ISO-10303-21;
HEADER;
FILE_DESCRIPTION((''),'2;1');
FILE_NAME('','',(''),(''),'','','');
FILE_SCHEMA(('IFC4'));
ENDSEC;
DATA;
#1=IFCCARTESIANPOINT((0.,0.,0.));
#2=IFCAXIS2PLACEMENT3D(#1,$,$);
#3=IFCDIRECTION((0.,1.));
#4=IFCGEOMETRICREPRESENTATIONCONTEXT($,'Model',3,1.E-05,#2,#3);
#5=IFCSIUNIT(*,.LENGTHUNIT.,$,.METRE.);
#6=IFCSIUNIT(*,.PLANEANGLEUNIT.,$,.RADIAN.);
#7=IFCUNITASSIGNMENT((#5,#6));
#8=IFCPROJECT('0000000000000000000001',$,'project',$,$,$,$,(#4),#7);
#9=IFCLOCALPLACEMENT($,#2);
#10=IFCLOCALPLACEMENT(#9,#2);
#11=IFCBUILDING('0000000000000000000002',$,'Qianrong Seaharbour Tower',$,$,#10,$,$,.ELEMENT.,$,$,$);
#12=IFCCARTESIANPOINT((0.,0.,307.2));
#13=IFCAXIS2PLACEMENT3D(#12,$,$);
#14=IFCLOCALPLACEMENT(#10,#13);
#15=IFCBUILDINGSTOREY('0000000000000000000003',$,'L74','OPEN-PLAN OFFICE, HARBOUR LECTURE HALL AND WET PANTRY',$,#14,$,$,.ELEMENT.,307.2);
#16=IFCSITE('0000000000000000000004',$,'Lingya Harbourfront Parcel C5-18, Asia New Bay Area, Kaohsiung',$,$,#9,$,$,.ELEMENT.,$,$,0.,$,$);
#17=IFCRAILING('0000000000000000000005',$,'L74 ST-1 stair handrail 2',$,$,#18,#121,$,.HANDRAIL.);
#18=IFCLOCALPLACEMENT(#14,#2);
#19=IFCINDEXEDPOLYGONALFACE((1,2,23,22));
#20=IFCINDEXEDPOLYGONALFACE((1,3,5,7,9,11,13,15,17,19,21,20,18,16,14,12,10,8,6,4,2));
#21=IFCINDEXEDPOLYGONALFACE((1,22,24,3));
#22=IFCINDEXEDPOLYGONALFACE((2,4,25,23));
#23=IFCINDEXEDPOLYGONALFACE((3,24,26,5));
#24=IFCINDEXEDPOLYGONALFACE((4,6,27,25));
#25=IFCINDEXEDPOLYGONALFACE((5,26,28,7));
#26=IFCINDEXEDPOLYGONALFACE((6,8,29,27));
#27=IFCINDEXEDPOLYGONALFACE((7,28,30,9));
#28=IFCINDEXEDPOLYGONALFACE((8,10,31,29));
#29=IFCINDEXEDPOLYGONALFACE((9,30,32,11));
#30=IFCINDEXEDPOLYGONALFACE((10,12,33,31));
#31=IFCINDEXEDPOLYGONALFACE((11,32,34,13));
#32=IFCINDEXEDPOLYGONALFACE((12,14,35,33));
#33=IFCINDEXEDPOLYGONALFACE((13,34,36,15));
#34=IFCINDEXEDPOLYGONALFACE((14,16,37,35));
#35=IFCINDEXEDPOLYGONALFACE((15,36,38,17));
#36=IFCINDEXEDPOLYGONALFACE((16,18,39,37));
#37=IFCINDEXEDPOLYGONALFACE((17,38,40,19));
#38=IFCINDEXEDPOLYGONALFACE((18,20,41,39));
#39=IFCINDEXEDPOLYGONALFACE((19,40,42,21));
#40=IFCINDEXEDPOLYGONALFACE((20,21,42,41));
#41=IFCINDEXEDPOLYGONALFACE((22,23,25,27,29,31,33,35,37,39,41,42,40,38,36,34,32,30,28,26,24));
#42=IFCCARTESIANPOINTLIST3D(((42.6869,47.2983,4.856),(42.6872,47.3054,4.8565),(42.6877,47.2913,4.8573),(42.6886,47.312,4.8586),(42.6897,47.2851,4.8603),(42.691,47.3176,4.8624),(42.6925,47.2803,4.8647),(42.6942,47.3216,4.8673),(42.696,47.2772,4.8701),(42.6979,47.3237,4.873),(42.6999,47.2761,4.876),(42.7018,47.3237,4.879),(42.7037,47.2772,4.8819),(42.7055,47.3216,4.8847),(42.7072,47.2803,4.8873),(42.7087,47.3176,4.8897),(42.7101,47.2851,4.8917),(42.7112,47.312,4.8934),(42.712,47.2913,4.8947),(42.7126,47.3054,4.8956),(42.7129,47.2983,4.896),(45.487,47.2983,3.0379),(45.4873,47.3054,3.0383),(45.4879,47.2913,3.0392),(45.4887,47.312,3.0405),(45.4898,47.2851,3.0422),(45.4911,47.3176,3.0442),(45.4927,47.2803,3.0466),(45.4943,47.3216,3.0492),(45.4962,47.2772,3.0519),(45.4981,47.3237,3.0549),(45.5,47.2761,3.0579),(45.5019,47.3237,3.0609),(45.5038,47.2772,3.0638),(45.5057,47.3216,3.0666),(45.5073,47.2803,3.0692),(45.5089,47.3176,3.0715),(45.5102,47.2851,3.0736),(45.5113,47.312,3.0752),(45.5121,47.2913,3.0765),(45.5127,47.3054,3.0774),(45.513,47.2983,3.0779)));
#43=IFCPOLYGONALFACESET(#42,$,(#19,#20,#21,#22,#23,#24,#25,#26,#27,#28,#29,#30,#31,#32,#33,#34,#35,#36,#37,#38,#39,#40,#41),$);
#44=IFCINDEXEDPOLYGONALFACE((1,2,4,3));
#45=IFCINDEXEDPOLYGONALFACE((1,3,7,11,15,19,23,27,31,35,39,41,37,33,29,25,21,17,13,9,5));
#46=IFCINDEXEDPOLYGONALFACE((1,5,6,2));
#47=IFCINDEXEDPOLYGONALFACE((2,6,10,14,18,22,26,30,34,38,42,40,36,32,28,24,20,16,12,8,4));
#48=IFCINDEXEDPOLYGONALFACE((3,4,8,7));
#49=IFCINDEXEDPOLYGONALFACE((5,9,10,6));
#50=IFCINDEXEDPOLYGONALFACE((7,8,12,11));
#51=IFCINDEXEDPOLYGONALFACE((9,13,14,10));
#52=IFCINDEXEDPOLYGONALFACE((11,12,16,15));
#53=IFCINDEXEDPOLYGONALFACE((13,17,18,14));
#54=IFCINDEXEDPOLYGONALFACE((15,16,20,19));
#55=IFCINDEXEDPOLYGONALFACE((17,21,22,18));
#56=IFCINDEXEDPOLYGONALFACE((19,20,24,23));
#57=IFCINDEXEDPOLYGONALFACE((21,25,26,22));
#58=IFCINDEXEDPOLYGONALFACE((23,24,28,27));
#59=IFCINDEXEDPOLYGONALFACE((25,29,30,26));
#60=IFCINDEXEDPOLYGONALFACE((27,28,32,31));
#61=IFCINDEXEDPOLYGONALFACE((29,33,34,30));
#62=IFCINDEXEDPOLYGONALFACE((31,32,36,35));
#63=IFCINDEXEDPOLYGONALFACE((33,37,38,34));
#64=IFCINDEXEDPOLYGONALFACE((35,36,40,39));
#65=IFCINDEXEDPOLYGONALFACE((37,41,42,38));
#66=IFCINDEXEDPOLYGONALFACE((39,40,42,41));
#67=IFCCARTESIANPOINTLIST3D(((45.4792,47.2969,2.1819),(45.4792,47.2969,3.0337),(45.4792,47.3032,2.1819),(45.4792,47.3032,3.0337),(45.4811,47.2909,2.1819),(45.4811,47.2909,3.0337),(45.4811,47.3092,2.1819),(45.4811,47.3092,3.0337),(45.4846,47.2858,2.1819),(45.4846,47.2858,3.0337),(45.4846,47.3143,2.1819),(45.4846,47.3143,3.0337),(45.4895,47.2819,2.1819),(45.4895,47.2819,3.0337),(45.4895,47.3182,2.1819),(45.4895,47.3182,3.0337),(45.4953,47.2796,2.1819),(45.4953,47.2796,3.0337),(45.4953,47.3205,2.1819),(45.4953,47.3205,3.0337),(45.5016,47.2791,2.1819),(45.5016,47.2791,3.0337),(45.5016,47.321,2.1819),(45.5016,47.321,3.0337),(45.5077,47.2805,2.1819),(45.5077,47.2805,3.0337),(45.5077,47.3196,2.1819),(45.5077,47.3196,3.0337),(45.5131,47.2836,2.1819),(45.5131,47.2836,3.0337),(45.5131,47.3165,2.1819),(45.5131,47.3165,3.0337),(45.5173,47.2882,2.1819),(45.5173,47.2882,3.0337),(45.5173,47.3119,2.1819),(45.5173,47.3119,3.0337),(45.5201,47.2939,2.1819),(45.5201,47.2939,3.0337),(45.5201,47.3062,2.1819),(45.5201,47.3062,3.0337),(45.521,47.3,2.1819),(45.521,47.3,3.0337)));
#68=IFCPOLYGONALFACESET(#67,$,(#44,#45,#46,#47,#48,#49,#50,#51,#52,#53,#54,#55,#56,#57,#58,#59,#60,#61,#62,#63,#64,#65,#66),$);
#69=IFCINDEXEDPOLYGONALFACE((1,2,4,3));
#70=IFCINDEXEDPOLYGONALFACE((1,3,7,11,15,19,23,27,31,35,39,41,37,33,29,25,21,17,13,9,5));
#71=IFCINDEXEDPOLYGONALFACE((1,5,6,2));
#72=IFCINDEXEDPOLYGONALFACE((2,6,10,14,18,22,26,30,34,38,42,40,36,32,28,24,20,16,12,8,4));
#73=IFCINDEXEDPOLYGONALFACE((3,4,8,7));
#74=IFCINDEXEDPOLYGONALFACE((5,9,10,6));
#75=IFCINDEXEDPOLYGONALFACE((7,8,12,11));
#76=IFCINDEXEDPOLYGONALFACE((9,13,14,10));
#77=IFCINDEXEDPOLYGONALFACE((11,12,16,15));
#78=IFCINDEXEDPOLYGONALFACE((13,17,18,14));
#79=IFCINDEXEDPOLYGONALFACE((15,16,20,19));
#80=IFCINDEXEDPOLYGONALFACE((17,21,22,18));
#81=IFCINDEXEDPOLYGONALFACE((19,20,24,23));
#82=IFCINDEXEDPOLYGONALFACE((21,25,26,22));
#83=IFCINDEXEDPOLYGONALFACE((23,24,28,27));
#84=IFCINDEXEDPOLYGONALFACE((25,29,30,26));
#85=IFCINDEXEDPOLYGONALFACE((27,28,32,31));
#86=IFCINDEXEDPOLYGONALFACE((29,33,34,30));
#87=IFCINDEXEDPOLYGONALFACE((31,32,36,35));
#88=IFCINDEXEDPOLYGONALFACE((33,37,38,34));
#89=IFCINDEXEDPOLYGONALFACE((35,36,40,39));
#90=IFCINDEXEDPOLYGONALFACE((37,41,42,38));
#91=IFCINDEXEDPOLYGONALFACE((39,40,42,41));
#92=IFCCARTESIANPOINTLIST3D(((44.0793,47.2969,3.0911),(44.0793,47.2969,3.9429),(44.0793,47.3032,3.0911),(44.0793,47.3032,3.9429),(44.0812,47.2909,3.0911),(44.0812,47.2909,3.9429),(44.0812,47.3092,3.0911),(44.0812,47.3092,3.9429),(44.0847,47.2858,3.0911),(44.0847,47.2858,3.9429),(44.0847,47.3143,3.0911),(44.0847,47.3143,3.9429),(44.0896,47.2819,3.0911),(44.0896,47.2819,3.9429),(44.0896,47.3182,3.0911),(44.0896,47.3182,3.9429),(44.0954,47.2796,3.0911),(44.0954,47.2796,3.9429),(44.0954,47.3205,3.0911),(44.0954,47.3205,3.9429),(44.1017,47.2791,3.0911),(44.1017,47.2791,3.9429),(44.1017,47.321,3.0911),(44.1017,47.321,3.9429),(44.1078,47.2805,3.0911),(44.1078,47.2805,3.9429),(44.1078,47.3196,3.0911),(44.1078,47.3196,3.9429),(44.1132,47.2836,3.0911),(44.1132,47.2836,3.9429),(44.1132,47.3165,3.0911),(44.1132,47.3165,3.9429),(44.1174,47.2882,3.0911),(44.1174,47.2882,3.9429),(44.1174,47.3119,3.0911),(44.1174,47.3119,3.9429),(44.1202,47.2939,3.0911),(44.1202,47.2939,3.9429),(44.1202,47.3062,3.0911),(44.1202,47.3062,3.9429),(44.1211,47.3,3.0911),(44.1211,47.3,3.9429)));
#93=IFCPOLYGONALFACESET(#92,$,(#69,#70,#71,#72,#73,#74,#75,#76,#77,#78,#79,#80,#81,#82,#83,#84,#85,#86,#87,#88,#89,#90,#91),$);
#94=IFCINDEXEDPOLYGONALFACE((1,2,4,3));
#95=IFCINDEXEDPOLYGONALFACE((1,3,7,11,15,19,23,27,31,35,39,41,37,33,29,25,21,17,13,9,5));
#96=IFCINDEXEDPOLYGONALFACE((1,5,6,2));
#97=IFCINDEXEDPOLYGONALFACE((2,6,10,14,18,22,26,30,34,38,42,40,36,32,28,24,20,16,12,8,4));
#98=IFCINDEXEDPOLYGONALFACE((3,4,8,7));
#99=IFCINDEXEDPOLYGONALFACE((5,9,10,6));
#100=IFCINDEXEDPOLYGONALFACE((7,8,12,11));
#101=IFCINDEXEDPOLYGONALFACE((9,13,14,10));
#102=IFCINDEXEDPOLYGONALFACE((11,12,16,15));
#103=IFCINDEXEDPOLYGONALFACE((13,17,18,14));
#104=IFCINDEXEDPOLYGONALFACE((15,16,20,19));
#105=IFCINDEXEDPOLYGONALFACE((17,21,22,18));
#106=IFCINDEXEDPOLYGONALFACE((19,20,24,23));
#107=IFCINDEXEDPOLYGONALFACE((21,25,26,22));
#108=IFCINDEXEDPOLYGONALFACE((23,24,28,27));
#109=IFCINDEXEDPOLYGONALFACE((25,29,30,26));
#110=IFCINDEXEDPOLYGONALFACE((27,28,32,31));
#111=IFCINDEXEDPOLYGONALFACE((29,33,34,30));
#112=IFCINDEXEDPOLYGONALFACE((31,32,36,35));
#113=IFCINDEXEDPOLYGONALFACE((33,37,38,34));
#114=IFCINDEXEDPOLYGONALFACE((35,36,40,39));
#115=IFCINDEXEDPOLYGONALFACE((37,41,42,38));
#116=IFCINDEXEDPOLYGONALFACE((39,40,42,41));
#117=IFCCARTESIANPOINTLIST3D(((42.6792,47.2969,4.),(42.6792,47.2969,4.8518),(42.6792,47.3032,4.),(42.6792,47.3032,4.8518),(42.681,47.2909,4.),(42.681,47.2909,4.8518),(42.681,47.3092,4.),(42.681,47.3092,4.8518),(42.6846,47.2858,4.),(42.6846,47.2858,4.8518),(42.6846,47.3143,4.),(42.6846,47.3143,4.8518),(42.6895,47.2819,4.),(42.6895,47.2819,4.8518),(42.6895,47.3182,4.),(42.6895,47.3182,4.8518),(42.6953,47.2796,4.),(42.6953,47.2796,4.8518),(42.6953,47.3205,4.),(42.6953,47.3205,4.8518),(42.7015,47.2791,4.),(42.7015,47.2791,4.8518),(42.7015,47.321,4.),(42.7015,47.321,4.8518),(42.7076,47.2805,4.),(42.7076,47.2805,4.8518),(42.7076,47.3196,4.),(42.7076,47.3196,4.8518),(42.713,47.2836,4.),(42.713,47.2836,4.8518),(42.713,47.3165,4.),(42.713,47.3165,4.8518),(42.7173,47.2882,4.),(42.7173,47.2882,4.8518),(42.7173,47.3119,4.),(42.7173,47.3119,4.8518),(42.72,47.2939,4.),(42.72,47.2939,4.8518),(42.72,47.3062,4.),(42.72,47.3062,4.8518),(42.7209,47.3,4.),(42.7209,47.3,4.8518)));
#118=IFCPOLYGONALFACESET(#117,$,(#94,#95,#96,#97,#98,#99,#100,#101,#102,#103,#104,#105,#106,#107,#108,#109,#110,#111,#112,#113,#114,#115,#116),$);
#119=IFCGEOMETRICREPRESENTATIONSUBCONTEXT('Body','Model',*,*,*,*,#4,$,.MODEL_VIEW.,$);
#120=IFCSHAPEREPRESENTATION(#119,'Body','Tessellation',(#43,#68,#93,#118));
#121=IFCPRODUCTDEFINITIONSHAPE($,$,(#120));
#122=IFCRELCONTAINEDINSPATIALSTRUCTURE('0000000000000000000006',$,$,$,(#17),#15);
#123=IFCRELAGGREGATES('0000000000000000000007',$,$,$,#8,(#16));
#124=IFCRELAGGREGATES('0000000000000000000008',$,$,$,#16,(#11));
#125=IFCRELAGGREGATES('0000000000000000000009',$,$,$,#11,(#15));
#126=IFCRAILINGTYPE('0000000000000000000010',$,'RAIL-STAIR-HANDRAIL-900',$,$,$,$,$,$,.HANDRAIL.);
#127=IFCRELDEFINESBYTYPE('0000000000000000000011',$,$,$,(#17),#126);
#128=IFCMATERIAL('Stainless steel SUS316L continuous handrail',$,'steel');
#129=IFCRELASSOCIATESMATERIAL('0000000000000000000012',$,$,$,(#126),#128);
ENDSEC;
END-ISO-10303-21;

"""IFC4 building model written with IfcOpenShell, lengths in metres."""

from ifc_helpers import new_model, si_unit, direction, frame, origin, origin_2d, place, context, subcontext, project, spatial, circle, extrude, material, type_object, element, save


model = new_model("IFC4")

# Units and contexts
model_context = context("Model", 3, precision=1e-05, world=origin(), true_north=direction((0.0, 1.0)))
body_context = subcontext(model_context, "Body", "Model", "MODEL_VIEW")
ifc_project = project(units=[si_unit("LENGTHUNIT", "METRE"), si_unit("PLANEANGLEUNIT", "RADIAN")], contexts=[model_context])

# Site, building, storey
site_placement = place(None, origin())
site = spatial("IfcSite", under=ifc_project, at=site_placement, Name="Lingya Harbourfront Parcel C5-18, Asia New Bay Area, Kaohsiung", CompositionType="ELEMENT", RefElevation=0.0)
building_placement = place(site_placement, origin())
building = spatial("IfcBuilding", under=site, at=building_placement, Name="Qianrong Seaharbour Tower", CompositionType="ELEMENT")
storey_placement = place(building_placement, frame((0.0, 0.0, 307.2)))
storey = spatial("IfcBuildingStorey", under=building, at=storey_placement, Name="L74", Description="OPEN-PLAN OFFICE, HARBOUR LECTURE HALL AND WET PANTRY", CompositionType="ELEMENT", Elevation=307.2)

# Railing
ifc_material_1 = material(Name="Stainless steel SUS316L continuous handrail", Category="steel")
railing_type_1 = type_object("IfcRailingType", Name="RAIL-STAIR-HANDRAIL-900", PredefinedType="HANDRAIL", material=ifc_material_1)
railing_1_placement = place(storey_placement, frame((45.5, 47.3, 2.1819)))
element("IfcRailing", 1, at=railing_1_placement, inside=storey, type_object=railing_type_1, Name="L74 ST-1 stair handrail 2", PredefinedType="HANDRAIL", context=body_context, shape_type="SweptSolid", body=[
    extrude(circle(Radius=0.0239, at=origin_2d()), frame((0.0, 0.0, 0.876), z_axis=(-0.838706, 0.0, 0.544585), x_axis=(0.0, -1.0, 0.0)), (0.0, 0.0, 1.0), 3.3386),
    extrude(circle(Radius=0.021, at=origin_2d()), origin(), (0.0, 0.0, 1.0), 0.8518),
    extrude(circle(Radius=0.021, at=origin_2d()), frame((-1.3999, 0.0, 0.9092)), (0.0, 0.0, 1.0), 0.8518),
    extrude(circle(Radius=0.021, at=origin_2d()), frame((-2.8, 0.0, 1.8181)), (0.0, 0.0, 1.0), 0.8518),
])

save(model, "model.ifc")
